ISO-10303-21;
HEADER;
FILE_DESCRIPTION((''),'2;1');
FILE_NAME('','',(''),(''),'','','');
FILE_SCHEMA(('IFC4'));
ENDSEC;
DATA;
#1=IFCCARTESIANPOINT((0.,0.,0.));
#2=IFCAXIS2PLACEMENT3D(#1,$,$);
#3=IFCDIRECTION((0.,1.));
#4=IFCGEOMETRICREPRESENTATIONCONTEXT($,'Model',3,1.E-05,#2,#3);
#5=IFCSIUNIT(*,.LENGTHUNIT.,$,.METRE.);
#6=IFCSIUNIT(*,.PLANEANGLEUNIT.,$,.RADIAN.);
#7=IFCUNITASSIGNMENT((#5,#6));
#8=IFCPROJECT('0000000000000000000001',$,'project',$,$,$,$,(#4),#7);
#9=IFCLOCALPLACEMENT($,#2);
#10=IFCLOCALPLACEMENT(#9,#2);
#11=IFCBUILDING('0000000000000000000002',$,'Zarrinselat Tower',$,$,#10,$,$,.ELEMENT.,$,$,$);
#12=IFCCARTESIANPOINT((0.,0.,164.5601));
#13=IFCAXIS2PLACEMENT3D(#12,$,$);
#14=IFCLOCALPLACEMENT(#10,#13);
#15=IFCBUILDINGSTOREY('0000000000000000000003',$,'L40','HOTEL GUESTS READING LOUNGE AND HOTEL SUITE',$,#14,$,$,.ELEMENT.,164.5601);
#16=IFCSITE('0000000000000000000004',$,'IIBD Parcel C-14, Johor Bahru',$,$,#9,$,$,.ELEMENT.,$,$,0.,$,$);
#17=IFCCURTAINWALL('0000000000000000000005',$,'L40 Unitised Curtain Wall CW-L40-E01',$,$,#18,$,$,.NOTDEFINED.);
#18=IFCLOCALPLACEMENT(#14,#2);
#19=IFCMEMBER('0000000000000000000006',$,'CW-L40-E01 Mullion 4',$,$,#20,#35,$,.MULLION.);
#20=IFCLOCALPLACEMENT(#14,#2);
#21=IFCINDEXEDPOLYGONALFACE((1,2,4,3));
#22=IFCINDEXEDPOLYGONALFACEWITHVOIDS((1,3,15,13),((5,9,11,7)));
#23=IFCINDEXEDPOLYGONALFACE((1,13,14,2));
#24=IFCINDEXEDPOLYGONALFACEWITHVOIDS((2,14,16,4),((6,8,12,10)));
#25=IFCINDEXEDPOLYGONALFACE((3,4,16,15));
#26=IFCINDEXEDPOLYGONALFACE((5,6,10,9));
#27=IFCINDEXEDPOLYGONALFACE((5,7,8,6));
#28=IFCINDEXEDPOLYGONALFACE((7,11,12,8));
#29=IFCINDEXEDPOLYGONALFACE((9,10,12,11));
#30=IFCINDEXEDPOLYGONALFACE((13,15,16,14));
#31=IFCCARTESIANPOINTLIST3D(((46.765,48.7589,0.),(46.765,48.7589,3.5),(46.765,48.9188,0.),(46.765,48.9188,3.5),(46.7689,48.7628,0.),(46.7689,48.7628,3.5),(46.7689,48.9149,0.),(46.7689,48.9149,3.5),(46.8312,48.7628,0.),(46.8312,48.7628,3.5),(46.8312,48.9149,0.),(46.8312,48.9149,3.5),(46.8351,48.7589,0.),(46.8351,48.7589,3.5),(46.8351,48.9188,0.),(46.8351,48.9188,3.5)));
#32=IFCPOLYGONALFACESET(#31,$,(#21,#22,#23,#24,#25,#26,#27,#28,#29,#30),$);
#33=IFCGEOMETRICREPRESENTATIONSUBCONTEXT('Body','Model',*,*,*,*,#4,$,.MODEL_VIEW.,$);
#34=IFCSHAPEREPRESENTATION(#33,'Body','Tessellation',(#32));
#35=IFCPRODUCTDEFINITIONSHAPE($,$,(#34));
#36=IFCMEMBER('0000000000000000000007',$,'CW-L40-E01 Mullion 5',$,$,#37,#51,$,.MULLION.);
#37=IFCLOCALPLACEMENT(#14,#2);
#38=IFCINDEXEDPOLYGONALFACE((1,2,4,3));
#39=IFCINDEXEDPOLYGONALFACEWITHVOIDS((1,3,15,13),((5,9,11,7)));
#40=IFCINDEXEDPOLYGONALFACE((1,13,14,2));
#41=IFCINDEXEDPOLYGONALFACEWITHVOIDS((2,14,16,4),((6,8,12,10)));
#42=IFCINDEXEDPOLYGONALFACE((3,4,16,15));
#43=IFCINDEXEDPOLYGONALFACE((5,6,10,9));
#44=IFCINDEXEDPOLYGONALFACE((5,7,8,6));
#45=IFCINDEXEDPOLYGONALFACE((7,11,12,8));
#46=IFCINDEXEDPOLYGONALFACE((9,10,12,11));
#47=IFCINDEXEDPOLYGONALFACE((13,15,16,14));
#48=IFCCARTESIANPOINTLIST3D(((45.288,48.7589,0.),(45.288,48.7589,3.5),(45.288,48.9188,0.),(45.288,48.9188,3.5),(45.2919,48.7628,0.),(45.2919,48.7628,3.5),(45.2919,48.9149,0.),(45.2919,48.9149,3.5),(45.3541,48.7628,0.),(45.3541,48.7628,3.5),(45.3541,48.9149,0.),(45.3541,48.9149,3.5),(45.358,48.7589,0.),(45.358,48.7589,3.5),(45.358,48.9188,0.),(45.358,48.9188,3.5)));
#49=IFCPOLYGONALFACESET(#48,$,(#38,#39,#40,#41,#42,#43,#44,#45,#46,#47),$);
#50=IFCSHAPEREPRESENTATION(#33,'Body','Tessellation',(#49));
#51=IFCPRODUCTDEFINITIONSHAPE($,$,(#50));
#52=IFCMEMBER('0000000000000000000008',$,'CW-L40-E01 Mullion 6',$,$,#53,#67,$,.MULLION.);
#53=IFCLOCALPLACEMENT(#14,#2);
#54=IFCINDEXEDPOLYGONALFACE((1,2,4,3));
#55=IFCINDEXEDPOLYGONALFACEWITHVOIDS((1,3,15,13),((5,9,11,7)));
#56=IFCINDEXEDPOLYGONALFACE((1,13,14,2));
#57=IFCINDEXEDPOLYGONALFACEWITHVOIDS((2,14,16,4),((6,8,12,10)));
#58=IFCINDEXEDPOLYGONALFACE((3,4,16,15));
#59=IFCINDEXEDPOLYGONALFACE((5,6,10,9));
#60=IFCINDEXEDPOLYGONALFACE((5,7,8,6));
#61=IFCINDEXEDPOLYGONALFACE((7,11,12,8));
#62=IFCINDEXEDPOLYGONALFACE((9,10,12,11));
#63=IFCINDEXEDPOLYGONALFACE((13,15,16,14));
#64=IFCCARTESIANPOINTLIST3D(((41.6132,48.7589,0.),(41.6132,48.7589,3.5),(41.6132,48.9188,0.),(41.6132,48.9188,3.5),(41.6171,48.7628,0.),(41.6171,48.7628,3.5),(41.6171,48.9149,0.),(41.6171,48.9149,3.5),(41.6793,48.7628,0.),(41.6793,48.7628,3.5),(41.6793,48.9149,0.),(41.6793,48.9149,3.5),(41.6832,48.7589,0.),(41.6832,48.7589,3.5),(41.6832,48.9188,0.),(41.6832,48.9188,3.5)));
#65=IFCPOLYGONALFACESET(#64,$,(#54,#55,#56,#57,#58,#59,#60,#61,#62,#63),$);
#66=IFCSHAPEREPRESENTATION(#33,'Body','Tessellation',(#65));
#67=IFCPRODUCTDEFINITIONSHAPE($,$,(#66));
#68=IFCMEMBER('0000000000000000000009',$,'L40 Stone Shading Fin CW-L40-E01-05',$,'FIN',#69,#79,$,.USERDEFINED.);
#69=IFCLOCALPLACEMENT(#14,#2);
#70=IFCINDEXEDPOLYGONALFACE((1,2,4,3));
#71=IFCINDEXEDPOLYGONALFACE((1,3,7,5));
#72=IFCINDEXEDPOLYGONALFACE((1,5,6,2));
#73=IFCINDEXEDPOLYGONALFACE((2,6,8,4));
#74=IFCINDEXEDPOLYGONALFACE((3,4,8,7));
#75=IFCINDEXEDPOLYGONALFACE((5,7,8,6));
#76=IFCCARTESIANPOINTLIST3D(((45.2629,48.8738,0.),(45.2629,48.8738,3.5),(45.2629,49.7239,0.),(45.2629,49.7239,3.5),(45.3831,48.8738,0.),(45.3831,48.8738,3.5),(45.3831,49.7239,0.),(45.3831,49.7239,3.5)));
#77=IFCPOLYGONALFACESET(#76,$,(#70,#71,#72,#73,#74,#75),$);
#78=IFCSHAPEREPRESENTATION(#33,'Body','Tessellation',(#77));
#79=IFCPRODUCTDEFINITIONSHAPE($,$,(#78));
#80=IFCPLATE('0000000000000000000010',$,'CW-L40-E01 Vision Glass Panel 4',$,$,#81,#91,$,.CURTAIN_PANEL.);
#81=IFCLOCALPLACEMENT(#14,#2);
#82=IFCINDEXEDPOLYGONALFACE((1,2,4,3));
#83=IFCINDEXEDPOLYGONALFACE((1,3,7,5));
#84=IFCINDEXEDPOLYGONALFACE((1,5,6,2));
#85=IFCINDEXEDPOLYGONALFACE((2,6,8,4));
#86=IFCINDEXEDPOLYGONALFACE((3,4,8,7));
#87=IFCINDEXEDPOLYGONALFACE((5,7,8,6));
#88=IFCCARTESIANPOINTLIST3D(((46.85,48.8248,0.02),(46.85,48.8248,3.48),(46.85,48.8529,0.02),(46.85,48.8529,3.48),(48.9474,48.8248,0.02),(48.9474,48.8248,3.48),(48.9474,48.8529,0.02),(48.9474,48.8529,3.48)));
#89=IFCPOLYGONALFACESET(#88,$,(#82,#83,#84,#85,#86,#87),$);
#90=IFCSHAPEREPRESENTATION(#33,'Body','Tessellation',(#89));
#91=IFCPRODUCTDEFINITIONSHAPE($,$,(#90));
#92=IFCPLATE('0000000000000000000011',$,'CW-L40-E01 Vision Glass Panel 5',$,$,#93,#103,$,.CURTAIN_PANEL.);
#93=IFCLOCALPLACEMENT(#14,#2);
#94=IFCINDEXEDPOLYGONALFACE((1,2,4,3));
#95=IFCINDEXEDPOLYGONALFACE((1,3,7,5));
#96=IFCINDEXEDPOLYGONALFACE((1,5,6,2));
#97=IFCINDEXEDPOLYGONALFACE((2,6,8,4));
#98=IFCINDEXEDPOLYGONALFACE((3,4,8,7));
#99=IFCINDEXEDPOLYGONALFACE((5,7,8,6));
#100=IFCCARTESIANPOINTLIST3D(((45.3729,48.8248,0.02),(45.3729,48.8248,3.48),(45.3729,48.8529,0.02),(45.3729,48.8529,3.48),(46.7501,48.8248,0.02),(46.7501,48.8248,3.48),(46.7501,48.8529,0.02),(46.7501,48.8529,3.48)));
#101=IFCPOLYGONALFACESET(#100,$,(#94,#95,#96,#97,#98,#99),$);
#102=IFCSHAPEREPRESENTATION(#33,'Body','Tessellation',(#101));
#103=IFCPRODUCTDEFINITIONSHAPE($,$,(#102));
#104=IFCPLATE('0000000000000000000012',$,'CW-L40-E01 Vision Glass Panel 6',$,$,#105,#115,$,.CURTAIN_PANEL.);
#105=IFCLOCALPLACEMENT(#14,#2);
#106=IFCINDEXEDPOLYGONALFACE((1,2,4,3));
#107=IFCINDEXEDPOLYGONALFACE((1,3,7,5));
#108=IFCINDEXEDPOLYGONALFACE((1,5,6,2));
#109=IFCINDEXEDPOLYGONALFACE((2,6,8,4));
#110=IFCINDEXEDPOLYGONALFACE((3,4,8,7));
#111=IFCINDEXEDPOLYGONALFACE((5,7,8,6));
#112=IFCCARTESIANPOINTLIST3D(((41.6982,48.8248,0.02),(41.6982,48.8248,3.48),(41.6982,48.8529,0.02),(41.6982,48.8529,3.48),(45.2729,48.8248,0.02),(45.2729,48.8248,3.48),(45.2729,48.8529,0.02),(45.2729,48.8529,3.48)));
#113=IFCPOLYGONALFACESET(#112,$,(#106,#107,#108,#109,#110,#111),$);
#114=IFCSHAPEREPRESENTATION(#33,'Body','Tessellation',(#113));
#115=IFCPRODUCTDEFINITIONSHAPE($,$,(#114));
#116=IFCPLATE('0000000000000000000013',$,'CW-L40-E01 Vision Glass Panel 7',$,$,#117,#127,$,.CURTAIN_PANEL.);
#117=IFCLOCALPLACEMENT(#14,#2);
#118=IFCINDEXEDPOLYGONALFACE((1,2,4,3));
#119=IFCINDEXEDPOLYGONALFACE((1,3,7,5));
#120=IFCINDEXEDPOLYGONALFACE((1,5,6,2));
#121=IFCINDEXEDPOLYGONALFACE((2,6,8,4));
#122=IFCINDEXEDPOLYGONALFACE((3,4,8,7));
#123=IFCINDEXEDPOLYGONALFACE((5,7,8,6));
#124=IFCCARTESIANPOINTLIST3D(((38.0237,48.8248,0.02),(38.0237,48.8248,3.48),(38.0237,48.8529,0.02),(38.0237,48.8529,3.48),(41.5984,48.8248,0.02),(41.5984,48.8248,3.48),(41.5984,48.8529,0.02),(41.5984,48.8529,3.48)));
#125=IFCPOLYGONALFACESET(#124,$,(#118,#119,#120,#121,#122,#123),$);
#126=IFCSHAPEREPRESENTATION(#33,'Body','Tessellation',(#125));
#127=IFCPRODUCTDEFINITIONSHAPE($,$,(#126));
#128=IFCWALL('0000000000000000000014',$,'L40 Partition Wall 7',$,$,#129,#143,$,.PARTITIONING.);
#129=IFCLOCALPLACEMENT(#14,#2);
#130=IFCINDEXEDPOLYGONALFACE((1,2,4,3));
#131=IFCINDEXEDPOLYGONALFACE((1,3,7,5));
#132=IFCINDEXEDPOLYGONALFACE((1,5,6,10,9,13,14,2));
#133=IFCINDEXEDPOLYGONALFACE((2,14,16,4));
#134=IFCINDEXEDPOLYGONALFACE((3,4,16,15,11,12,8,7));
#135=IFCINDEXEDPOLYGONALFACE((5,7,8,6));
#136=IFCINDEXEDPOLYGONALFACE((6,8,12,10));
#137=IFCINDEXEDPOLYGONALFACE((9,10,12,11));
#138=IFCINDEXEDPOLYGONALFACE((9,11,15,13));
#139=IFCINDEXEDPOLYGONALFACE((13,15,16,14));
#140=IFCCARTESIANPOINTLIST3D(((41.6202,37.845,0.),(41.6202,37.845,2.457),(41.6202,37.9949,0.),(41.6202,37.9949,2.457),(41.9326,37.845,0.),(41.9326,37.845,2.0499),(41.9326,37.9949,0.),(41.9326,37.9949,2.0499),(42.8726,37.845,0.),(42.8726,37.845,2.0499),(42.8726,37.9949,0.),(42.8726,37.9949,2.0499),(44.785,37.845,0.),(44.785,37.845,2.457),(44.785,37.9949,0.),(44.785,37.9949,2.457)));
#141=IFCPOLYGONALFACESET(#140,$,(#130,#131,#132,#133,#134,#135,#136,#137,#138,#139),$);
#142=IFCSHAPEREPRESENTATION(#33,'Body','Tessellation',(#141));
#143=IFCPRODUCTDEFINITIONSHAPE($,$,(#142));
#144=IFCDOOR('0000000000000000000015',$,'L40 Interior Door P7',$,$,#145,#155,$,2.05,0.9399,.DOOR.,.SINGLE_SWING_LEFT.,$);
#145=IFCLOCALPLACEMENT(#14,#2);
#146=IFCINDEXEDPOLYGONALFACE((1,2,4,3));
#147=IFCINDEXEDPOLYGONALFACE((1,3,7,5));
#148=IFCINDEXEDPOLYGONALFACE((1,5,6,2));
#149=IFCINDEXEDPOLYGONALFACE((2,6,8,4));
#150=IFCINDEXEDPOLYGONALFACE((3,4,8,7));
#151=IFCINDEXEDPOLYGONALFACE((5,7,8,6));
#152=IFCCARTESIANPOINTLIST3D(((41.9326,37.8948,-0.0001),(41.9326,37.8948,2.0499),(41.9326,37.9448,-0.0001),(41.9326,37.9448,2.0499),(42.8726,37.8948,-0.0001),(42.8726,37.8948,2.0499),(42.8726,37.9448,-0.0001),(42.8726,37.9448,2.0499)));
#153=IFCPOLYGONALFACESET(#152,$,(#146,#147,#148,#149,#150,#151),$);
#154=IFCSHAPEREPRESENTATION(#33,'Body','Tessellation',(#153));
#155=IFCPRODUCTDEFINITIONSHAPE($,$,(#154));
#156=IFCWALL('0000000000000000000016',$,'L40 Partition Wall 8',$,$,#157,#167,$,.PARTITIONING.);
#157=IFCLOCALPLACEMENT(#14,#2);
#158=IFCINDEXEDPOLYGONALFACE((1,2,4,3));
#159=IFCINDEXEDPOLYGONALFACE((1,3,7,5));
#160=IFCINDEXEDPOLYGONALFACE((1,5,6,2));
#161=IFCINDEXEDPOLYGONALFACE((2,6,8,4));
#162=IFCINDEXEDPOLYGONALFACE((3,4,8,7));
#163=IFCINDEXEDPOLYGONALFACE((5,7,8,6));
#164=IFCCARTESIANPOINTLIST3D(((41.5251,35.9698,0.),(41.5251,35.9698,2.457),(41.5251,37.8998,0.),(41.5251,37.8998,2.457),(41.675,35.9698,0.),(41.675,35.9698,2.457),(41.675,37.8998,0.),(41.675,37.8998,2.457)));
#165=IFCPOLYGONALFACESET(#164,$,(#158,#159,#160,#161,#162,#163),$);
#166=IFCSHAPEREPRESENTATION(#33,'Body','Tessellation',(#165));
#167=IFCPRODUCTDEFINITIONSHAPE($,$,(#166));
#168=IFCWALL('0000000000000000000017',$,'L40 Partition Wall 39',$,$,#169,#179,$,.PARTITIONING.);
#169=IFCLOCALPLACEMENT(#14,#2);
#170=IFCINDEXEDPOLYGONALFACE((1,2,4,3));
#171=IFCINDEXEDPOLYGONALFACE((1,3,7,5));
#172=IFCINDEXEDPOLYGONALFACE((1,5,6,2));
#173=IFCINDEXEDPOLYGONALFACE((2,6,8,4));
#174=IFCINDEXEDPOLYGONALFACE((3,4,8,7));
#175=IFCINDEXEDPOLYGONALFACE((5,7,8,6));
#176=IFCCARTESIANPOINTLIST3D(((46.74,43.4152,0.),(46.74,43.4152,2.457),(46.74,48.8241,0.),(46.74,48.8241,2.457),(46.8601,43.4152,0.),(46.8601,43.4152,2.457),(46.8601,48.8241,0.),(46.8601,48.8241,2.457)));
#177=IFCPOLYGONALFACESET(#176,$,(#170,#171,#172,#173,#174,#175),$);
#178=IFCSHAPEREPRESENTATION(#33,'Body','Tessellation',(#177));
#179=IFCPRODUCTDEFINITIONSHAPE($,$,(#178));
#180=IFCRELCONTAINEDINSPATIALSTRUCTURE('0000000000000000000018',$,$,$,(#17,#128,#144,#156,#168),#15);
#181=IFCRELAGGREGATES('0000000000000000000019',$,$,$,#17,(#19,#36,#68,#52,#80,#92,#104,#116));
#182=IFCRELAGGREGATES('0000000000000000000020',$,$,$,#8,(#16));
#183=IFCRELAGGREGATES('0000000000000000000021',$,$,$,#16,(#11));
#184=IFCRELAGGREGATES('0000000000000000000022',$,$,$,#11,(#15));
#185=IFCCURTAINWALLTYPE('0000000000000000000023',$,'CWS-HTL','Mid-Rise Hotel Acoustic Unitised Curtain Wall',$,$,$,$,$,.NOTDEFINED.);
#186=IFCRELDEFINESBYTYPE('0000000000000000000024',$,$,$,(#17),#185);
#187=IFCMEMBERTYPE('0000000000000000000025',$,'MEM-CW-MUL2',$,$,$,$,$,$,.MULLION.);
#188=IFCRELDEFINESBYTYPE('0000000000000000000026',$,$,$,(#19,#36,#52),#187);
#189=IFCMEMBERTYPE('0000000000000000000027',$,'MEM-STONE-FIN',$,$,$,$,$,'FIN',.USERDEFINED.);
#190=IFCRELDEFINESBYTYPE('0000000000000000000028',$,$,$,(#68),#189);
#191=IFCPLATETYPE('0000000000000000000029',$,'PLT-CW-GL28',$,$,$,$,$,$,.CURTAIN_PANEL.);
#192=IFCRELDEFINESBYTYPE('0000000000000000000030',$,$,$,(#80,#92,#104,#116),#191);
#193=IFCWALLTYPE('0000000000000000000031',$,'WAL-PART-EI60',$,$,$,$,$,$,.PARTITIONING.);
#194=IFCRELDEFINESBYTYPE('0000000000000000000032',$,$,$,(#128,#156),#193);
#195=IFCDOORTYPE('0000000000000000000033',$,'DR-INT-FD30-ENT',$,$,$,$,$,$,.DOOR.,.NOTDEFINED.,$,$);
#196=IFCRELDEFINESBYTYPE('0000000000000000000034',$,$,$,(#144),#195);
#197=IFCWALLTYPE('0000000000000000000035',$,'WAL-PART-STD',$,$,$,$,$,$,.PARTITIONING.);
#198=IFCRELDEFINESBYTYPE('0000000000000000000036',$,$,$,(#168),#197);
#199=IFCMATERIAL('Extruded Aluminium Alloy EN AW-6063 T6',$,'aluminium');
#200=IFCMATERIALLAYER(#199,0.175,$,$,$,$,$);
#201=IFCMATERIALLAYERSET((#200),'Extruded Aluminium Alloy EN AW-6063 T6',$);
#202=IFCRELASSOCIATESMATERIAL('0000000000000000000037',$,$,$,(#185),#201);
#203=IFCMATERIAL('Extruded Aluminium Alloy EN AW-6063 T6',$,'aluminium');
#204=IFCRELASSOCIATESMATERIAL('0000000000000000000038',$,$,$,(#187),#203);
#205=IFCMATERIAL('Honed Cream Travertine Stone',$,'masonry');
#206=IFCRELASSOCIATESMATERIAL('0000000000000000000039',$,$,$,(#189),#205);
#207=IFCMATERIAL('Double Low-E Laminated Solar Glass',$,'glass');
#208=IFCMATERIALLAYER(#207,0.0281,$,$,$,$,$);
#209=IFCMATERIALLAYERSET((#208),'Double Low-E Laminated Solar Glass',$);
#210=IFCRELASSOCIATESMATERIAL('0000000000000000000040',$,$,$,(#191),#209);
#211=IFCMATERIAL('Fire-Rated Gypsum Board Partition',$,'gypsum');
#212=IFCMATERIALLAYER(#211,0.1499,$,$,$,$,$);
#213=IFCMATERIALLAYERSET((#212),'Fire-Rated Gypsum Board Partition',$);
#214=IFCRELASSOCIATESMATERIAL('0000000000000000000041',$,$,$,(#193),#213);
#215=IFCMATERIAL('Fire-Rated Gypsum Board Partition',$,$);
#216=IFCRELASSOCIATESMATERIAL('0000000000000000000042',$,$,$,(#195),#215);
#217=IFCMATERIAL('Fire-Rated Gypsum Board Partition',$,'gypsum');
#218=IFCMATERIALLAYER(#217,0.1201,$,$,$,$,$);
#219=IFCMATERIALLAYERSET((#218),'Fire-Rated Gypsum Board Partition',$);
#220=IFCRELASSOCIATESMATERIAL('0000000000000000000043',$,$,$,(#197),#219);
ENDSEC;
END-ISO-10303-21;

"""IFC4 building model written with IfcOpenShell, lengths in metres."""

from ifc_helpers import new_model, si_unit, direction, frame, frame_2d, origin, origin_2d, place, context, subcontext, project, spatial, rectangle, hollow_rectangle, extrude, material, layer, layer_set, material_profile, profile_set, type_object, element, fill, aggregate, save


model = new_model("IFC4")

# Units and contexts
model_context = context("Model", 3, precision=1e-05, world=origin(), true_north=direction((0.0, 1.0)))
body_context = subcontext(model_context, "Body", "Model", "MODEL_VIEW")
ifc_project = project(units=[si_unit("LENGTHUNIT", "METRE"), si_unit("PLANEANGLEUNIT", "RADIAN")], contexts=[model_context])

# Site, building, storey
site_placement = place(None, origin())
site = spatial("IfcSite", under=ifc_project, at=site_placement, Name="IIBD Parcel C-14, Johor Bahru", CompositionType="ELEMENT", RefElevation=0.0)
building_placement = place(site_placement, origin())
building = spatial("IfcBuilding", under=site, at=building_placement, Name="Zarrinselat Tower", CompositionType="ELEMENT")
storey_placement = place(building_placement, frame((0.0, 0.0, 164.5601)))
storey = spatial("IfcBuildingStorey", under=building, at=storey_placement, Name="L40", Description="HOTEL GUESTS READING LOUNGE AND HOTEL SUITE", CompositionType="ELEMENT", Elevation=164.5601)

# Curtain wall, members, plates
ifc_material_1 = material(Name="Extruded Aluminium Alloy EN AW-6063 T6", Category="aluminium")
ifc_layer_1 = layer(ifc_material_1, 0.175)
ifc_layer_set_1 = layer_set([ifc_layer_1], Name="Extruded Aluminium Alloy EN AW-6063 T6")
curtain_wall_type = type_object("IfcCurtainWallType", Name="CWS-HTL", Description="Mid-Rise Hotel Acoustic Unitised Curtain Wall", PredefinedType="NOTDEFINED", material=ifc_layer_set_1)
curtain_wall_placement = place(storey_placement, origin())
curtain_wall = element("IfcCurtainWall", 1, at=curtain_wall_placement, inside=storey, type_object=curtain_wall_type, Name="L40 Unitised Curtain Wall CW-L40-E01", PredefinedType="NOTDEFINED")
ifc_material_2 = material(Name="Extruded Aluminium Alloy EN AW-6063 T6", Category="aluminium")
ifc_material_profile_1 = material_profile(ifc_material_2, hollow_rectangle(XDim=0.0701, YDim=0.1599, WallThickness=0.0039, at=origin_2d()), Name="RHS 160x70x4")
ifc_profile_set_1 = profile_set([ifc_material_profile_1], Name="Extruded Aluminium Alloy EN AW-6063 T6")
member_type_1 = type_object("IfcMemberType", Name="MEM-CW-MUL2", PredefinedType="MULLION", material=ifc_profile_set_1)
member_1_placement = place(storey_placement, frame((46.8, 48.8389, 0.0), z_axis=(0.0, 0.0, 1.0), x_axis=(-1.0, 0.0, 0.0)))
member_1 = element("IfcMember", 2, at=member_1_placement, type_object=member_type_1, Name="CW-L40-E01 Mullion 4", PredefinedType="MULLION", context=body_context, shape_type="SweptSolid", body=[
    extrude(hollow_rectangle(XDim=0.0701, YDim=0.1599, WallThickness=0.0039, at=origin_2d()), origin(), (0.0, 0.0, 1.0), 3.5),
])
member_2_placement = place(storey_placement, frame((45.323, 48.8389, 0.0), z_axis=(0.0, 0.0, 1.0), x_axis=(-1.0, 0.0, 0.0)))
member_2 = element("IfcMember", 3, at=member_2_placement, type_object=member_type_1, Name="CW-L40-E01 Mullion 5", PredefinedType="MULLION", context=body_context, shape_type="SweptSolid", body=[
    extrude(hollow_rectangle(XDim=0.0701, YDim=0.1599, WallThickness=0.0039, at=origin_2d()), origin(), (0.0, 0.0, 1.0), 3.5),
])
member_3_placement = place(storey_placement, frame((41.6482, 48.8389, 0.0), z_axis=(0.0, 0.0, 1.0), x_axis=(-1.0, 0.0, 0.0)))
member_3 = element("IfcMember", 4, at=member_3_placement, type_object=member_type_1, Name="CW-L40-E01 Mullion 6", PredefinedType="MULLION", context=body_context, shape_type="SweptSolid", body=[
    extrude(hollow_rectangle(XDim=0.0701, YDim=0.1599, WallThickness=0.0039, at=origin_2d()), origin(), (0.0, 0.0, 1.0), 3.5),
])
ifc_material_3 = material(Name="Honed Cream Travertine Stone", Category="masonry")
ifc_material_profile_2 = material_profile(ifc_material_3, rectangle(XDim=0.1201, YDim=0.8501, at=origin_2d()), Name="FIN 850x120")
ifc_profile_set_2 = profile_set([ifc_material_profile_2], Name="Honed Cream Travertine Stone")
member_type_2 = type_object("IfcMemberType", Name="MEM-STONE-FIN", ElementType="FIN", PredefinedType="USERDEFINED", material=ifc_profile_set_2)
member_4_placement = place(storey_placement, frame((45.323, 49.2988, 0.0), z_axis=(0.0, 0.0, 1.0), x_axis=(1.0, 0.0, 0.0)))
member_4 = element("IfcMember", 5, at=member_4_placement, type_object=member_type_2, Name="L40 Stone Shading Fin CW-L40-E01-05", ObjectType="FIN", PredefinedType="USERDEFINED", context=body_context, shape_type="SweptSolid", body=[
    extrude(rectangle(XDim=0.1201, YDim=0.8501, at=origin_2d()), origin(), (0.0, 0.0, 1.0), 3.5),
])
ifc_material_4 = material(Name="Double Low-E Laminated Solar Glass", Category="glass")
ifc_layer_2 = layer(ifc_material_4, 0.0281)
ifc_layer_set_2 = layer_set([ifc_layer_2], Name="Double Low-E Laminated Solar Glass")
plate_type = type_object("IfcPlateType", Name="PLT-CW-GL28", PredefinedType="CURTAIN_PANEL", material=ifc_layer_set_2)
plate_1_placement = place(storey_placement, frame((47.8987, 48.8389, 0.02), z_axis=(0.0, 0.0, 1.0), x_axis=(-1.0, 0.0, 0.0)))
plate_1 = element("IfcPlate", 6, at=plate_1_placement, type_object=plate_type, Name="CW-L40-E01 Vision Glass Panel 4", PredefinedType="CURTAIN_PANEL", context=body_context, shape_type="SweptSolid", body=[
    extrude(rectangle(XDim=2.0974, YDim=0.0281, at=origin_2d()), origin(), (0.0, 0.0, 1.0), 3.46),
])
plate_2_placement = place(storey_placement, frame((46.0615, 48.8389, 0.02), z_axis=(0.0, 0.0, 1.0), x_axis=(-1.0, 0.0, 0.0)))
plate_2 = element("IfcPlate", 7, at=plate_2_placement, type_object=plate_type, Name="CW-L40-E01 Vision Glass Panel 5", PredefinedType="CURTAIN_PANEL", context=body_context, shape_type="SweptSolid", body=[
    extrude(rectangle(XDim=1.3772, YDim=0.0281, at=origin_2d()), origin(), (0.0, 0.0, 1.0), 3.46),
])
plate_3_placement = place(storey_placement, frame((43.4856, 48.8389, 0.02), z_axis=(0.0, 0.0, 1.0), x_axis=(-1.0, 0.0, 0.0)))
plate_3 = element("IfcPlate", 8, at=plate_3_placement, type_object=plate_type, Name="CW-L40-E01 Vision Glass Panel 6", PredefinedType="CURTAIN_PANEL", context=body_context, shape_type="SweptSolid", body=[
    extrude(rectangle(XDim=3.5747, YDim=0.0281, at=origin_2d()), origin(), (0.0, 0.0, 1.0), 3.46),
])
plate_4_placement = place(storey_placement, frame((39.811, 48.8389, 0.02), z_axis=(0.0, 0.0, 1.0), x_axis=(-1.0, 0.0, 0.0)))
plate_4 = element("IfcPlate", 9, at=plate_4_placement, type_object=plate_type, Name="CW-L40-E01 Vision Glass Panel 7", PredefinedType="CURTAIN_PANEL", context=body_context, shape_type="SweptSolid", body=[
    extrude(rectangle(XDim=3.5747, YDim=0.0281, at=origin_2d()), origin(), (0.0, 0.0, 1.0), 3.46),
])
aggregate(curtain_wall, [member_1, member_2, member_4, member_3, plate_1, plate_2, plate_3, plate_4])

# Wall, opening, door
ifc_material_5 = material(Name="Fire-Rated Gypsum Board Partition", Category="gypsum")
ifc_layer_3 = layer(ifc_material_5, 0.1499)
ifc_layer_set_3 = layer_set([ifc_layer_3], Name="Fire-Rated Gypsum Board Partition")
wall_type_1 = type_object("IfcWallType", Name="WAL-PART-EI60", PredefinedType="PARTITIONING", material=ifc_layer_set_3)
wall_1_placement = place(storey_placement, frame((41.6201, 37.9199, 0.0), z_axis=(0.0, 0.0, 1.0), x_axis=(1.0, 0.0, 0.0)))
wall_1 = element("IfcWall", 10, at=wall_1_placement, inside=storey, type_object=wall_type_1, Name="L40 Partition Wall 7", PredefinedType="PARTITIONING", context=body_context, shape_type="SweptSolid", body=[
    extrude(rectangle(XDim=3.1648, YDim=0.1499, at=frame_2d((1.5825, 0.0))), origin(), (0.0, 0.0, 1.0), 2.457),
])
opening_placement = place(wall_1_placement, frame((0.3125, 0.0, 0.0)))
opening = element("IfcOpeningElement", 11, at=opening_placement, cuts=wall_1, PredefinedType="OPENING", context=body_context, shape_type="SweptSolid", body=[
    extrude(rectangle(XDim=0.9399, YDim=2.05, at=frame_2d((0.47, 1.0249))), frame((0.0, 0.085, 0.0), z_axis=(0.0, -1.0, 0.0), x_axis=(1.0, 0.0, 0.0)), (0.0, 0.0, 1.0), 0.1699),
])
ifc_material_6 = material(Name="Fire-Rated Gypsum Board Partition")
door_type = type_object("IfcDoorType", Name="DR-INT-FD30-ENT", OperationType="NOTDEFINED", PredefinedType="DOOR", material=ifc_material_6)
door_placement = place(opening_placement, origin())
door = element("IfcDoor", 12, at=door_placement, inside=storey, type_object=door_type, Name="L40 Interior Door P7", OperationType="SINGLE_SWING_LEFT", OverallHeight=2.05, OverallWidth=0.9399, PredefinedType="DOOR", context=body_context, shape_type="SweptSolid", body=[
    extrude(rectangle(XDim=0.9399, YDim=2.05, at=frame_2d((0.47, 1.0249))), frame((0.0, 0.0249, 0.0), z_axis=(0.0, -1.0, 0.0), x_axis=(1.0, 0.0, 0.0)), (0.0, 0.0, 1.0), 0.05),
])
fill(opening, door)

# Walls
wall_2_placement = place(storey_placement, frame((41.6001, 35.97, 0.0), z_axis=(0.0, 0.0, 1.0), x_axis=(0.0, 1.0, 0.0)))
element("IfcWall", 13, at=wall_2_placement, inside=storey, type_object=wall_type_1, Name="L40 Partition Wall 8", PredefinedType="PARTITIONING", context=body_context, shape_type="SweptSolid", body=[
    extrude(rectangle(XDim=1.9299, YDim=0.1499, at=frame_2d((0.9648, 0.0))), origin(), (0.0, 0.0, 1.0), 2.457),
])
ifc_material_7 = material(Name="Fire-Rated Gypsum Board Partition", Category="gypsum")
ifc_layer_4 = layer(ifc_material_7, 0.1201)
ifc_layer_set_4 = layer_set([ifc_layer_4], Name="Fire-Rated Gypsum Board Partition")
wall_type_2 = type_object("IfcWallType", Name="WAL-PART-STD", PredefinedType="PARTITIONING", material=ifc_layer_set_4)
wall_3_placement = place(storey_placement, frame((46.8, 43.415, 0.0), z_axis=(0.0, 0.0, 1.0), x_axis=(0.0, 1.0, 0.0)))
element("IfcWall", 14, at=wall_3_placement, inside=storey, type_object=wall_type_2, Name="L40 Partition Wall 39", PredefinedType="PARTITIONING", context=body_context, shape_type="SweptSolid", body=[
    extrude(rectangle(XDim=5.4089, YDim=0.1201, at=frame_2d((2.7046, 0.0))), origin(), (0.0, 0.0, 1.0), 2.457),
])

save(model, "model.ifc")
